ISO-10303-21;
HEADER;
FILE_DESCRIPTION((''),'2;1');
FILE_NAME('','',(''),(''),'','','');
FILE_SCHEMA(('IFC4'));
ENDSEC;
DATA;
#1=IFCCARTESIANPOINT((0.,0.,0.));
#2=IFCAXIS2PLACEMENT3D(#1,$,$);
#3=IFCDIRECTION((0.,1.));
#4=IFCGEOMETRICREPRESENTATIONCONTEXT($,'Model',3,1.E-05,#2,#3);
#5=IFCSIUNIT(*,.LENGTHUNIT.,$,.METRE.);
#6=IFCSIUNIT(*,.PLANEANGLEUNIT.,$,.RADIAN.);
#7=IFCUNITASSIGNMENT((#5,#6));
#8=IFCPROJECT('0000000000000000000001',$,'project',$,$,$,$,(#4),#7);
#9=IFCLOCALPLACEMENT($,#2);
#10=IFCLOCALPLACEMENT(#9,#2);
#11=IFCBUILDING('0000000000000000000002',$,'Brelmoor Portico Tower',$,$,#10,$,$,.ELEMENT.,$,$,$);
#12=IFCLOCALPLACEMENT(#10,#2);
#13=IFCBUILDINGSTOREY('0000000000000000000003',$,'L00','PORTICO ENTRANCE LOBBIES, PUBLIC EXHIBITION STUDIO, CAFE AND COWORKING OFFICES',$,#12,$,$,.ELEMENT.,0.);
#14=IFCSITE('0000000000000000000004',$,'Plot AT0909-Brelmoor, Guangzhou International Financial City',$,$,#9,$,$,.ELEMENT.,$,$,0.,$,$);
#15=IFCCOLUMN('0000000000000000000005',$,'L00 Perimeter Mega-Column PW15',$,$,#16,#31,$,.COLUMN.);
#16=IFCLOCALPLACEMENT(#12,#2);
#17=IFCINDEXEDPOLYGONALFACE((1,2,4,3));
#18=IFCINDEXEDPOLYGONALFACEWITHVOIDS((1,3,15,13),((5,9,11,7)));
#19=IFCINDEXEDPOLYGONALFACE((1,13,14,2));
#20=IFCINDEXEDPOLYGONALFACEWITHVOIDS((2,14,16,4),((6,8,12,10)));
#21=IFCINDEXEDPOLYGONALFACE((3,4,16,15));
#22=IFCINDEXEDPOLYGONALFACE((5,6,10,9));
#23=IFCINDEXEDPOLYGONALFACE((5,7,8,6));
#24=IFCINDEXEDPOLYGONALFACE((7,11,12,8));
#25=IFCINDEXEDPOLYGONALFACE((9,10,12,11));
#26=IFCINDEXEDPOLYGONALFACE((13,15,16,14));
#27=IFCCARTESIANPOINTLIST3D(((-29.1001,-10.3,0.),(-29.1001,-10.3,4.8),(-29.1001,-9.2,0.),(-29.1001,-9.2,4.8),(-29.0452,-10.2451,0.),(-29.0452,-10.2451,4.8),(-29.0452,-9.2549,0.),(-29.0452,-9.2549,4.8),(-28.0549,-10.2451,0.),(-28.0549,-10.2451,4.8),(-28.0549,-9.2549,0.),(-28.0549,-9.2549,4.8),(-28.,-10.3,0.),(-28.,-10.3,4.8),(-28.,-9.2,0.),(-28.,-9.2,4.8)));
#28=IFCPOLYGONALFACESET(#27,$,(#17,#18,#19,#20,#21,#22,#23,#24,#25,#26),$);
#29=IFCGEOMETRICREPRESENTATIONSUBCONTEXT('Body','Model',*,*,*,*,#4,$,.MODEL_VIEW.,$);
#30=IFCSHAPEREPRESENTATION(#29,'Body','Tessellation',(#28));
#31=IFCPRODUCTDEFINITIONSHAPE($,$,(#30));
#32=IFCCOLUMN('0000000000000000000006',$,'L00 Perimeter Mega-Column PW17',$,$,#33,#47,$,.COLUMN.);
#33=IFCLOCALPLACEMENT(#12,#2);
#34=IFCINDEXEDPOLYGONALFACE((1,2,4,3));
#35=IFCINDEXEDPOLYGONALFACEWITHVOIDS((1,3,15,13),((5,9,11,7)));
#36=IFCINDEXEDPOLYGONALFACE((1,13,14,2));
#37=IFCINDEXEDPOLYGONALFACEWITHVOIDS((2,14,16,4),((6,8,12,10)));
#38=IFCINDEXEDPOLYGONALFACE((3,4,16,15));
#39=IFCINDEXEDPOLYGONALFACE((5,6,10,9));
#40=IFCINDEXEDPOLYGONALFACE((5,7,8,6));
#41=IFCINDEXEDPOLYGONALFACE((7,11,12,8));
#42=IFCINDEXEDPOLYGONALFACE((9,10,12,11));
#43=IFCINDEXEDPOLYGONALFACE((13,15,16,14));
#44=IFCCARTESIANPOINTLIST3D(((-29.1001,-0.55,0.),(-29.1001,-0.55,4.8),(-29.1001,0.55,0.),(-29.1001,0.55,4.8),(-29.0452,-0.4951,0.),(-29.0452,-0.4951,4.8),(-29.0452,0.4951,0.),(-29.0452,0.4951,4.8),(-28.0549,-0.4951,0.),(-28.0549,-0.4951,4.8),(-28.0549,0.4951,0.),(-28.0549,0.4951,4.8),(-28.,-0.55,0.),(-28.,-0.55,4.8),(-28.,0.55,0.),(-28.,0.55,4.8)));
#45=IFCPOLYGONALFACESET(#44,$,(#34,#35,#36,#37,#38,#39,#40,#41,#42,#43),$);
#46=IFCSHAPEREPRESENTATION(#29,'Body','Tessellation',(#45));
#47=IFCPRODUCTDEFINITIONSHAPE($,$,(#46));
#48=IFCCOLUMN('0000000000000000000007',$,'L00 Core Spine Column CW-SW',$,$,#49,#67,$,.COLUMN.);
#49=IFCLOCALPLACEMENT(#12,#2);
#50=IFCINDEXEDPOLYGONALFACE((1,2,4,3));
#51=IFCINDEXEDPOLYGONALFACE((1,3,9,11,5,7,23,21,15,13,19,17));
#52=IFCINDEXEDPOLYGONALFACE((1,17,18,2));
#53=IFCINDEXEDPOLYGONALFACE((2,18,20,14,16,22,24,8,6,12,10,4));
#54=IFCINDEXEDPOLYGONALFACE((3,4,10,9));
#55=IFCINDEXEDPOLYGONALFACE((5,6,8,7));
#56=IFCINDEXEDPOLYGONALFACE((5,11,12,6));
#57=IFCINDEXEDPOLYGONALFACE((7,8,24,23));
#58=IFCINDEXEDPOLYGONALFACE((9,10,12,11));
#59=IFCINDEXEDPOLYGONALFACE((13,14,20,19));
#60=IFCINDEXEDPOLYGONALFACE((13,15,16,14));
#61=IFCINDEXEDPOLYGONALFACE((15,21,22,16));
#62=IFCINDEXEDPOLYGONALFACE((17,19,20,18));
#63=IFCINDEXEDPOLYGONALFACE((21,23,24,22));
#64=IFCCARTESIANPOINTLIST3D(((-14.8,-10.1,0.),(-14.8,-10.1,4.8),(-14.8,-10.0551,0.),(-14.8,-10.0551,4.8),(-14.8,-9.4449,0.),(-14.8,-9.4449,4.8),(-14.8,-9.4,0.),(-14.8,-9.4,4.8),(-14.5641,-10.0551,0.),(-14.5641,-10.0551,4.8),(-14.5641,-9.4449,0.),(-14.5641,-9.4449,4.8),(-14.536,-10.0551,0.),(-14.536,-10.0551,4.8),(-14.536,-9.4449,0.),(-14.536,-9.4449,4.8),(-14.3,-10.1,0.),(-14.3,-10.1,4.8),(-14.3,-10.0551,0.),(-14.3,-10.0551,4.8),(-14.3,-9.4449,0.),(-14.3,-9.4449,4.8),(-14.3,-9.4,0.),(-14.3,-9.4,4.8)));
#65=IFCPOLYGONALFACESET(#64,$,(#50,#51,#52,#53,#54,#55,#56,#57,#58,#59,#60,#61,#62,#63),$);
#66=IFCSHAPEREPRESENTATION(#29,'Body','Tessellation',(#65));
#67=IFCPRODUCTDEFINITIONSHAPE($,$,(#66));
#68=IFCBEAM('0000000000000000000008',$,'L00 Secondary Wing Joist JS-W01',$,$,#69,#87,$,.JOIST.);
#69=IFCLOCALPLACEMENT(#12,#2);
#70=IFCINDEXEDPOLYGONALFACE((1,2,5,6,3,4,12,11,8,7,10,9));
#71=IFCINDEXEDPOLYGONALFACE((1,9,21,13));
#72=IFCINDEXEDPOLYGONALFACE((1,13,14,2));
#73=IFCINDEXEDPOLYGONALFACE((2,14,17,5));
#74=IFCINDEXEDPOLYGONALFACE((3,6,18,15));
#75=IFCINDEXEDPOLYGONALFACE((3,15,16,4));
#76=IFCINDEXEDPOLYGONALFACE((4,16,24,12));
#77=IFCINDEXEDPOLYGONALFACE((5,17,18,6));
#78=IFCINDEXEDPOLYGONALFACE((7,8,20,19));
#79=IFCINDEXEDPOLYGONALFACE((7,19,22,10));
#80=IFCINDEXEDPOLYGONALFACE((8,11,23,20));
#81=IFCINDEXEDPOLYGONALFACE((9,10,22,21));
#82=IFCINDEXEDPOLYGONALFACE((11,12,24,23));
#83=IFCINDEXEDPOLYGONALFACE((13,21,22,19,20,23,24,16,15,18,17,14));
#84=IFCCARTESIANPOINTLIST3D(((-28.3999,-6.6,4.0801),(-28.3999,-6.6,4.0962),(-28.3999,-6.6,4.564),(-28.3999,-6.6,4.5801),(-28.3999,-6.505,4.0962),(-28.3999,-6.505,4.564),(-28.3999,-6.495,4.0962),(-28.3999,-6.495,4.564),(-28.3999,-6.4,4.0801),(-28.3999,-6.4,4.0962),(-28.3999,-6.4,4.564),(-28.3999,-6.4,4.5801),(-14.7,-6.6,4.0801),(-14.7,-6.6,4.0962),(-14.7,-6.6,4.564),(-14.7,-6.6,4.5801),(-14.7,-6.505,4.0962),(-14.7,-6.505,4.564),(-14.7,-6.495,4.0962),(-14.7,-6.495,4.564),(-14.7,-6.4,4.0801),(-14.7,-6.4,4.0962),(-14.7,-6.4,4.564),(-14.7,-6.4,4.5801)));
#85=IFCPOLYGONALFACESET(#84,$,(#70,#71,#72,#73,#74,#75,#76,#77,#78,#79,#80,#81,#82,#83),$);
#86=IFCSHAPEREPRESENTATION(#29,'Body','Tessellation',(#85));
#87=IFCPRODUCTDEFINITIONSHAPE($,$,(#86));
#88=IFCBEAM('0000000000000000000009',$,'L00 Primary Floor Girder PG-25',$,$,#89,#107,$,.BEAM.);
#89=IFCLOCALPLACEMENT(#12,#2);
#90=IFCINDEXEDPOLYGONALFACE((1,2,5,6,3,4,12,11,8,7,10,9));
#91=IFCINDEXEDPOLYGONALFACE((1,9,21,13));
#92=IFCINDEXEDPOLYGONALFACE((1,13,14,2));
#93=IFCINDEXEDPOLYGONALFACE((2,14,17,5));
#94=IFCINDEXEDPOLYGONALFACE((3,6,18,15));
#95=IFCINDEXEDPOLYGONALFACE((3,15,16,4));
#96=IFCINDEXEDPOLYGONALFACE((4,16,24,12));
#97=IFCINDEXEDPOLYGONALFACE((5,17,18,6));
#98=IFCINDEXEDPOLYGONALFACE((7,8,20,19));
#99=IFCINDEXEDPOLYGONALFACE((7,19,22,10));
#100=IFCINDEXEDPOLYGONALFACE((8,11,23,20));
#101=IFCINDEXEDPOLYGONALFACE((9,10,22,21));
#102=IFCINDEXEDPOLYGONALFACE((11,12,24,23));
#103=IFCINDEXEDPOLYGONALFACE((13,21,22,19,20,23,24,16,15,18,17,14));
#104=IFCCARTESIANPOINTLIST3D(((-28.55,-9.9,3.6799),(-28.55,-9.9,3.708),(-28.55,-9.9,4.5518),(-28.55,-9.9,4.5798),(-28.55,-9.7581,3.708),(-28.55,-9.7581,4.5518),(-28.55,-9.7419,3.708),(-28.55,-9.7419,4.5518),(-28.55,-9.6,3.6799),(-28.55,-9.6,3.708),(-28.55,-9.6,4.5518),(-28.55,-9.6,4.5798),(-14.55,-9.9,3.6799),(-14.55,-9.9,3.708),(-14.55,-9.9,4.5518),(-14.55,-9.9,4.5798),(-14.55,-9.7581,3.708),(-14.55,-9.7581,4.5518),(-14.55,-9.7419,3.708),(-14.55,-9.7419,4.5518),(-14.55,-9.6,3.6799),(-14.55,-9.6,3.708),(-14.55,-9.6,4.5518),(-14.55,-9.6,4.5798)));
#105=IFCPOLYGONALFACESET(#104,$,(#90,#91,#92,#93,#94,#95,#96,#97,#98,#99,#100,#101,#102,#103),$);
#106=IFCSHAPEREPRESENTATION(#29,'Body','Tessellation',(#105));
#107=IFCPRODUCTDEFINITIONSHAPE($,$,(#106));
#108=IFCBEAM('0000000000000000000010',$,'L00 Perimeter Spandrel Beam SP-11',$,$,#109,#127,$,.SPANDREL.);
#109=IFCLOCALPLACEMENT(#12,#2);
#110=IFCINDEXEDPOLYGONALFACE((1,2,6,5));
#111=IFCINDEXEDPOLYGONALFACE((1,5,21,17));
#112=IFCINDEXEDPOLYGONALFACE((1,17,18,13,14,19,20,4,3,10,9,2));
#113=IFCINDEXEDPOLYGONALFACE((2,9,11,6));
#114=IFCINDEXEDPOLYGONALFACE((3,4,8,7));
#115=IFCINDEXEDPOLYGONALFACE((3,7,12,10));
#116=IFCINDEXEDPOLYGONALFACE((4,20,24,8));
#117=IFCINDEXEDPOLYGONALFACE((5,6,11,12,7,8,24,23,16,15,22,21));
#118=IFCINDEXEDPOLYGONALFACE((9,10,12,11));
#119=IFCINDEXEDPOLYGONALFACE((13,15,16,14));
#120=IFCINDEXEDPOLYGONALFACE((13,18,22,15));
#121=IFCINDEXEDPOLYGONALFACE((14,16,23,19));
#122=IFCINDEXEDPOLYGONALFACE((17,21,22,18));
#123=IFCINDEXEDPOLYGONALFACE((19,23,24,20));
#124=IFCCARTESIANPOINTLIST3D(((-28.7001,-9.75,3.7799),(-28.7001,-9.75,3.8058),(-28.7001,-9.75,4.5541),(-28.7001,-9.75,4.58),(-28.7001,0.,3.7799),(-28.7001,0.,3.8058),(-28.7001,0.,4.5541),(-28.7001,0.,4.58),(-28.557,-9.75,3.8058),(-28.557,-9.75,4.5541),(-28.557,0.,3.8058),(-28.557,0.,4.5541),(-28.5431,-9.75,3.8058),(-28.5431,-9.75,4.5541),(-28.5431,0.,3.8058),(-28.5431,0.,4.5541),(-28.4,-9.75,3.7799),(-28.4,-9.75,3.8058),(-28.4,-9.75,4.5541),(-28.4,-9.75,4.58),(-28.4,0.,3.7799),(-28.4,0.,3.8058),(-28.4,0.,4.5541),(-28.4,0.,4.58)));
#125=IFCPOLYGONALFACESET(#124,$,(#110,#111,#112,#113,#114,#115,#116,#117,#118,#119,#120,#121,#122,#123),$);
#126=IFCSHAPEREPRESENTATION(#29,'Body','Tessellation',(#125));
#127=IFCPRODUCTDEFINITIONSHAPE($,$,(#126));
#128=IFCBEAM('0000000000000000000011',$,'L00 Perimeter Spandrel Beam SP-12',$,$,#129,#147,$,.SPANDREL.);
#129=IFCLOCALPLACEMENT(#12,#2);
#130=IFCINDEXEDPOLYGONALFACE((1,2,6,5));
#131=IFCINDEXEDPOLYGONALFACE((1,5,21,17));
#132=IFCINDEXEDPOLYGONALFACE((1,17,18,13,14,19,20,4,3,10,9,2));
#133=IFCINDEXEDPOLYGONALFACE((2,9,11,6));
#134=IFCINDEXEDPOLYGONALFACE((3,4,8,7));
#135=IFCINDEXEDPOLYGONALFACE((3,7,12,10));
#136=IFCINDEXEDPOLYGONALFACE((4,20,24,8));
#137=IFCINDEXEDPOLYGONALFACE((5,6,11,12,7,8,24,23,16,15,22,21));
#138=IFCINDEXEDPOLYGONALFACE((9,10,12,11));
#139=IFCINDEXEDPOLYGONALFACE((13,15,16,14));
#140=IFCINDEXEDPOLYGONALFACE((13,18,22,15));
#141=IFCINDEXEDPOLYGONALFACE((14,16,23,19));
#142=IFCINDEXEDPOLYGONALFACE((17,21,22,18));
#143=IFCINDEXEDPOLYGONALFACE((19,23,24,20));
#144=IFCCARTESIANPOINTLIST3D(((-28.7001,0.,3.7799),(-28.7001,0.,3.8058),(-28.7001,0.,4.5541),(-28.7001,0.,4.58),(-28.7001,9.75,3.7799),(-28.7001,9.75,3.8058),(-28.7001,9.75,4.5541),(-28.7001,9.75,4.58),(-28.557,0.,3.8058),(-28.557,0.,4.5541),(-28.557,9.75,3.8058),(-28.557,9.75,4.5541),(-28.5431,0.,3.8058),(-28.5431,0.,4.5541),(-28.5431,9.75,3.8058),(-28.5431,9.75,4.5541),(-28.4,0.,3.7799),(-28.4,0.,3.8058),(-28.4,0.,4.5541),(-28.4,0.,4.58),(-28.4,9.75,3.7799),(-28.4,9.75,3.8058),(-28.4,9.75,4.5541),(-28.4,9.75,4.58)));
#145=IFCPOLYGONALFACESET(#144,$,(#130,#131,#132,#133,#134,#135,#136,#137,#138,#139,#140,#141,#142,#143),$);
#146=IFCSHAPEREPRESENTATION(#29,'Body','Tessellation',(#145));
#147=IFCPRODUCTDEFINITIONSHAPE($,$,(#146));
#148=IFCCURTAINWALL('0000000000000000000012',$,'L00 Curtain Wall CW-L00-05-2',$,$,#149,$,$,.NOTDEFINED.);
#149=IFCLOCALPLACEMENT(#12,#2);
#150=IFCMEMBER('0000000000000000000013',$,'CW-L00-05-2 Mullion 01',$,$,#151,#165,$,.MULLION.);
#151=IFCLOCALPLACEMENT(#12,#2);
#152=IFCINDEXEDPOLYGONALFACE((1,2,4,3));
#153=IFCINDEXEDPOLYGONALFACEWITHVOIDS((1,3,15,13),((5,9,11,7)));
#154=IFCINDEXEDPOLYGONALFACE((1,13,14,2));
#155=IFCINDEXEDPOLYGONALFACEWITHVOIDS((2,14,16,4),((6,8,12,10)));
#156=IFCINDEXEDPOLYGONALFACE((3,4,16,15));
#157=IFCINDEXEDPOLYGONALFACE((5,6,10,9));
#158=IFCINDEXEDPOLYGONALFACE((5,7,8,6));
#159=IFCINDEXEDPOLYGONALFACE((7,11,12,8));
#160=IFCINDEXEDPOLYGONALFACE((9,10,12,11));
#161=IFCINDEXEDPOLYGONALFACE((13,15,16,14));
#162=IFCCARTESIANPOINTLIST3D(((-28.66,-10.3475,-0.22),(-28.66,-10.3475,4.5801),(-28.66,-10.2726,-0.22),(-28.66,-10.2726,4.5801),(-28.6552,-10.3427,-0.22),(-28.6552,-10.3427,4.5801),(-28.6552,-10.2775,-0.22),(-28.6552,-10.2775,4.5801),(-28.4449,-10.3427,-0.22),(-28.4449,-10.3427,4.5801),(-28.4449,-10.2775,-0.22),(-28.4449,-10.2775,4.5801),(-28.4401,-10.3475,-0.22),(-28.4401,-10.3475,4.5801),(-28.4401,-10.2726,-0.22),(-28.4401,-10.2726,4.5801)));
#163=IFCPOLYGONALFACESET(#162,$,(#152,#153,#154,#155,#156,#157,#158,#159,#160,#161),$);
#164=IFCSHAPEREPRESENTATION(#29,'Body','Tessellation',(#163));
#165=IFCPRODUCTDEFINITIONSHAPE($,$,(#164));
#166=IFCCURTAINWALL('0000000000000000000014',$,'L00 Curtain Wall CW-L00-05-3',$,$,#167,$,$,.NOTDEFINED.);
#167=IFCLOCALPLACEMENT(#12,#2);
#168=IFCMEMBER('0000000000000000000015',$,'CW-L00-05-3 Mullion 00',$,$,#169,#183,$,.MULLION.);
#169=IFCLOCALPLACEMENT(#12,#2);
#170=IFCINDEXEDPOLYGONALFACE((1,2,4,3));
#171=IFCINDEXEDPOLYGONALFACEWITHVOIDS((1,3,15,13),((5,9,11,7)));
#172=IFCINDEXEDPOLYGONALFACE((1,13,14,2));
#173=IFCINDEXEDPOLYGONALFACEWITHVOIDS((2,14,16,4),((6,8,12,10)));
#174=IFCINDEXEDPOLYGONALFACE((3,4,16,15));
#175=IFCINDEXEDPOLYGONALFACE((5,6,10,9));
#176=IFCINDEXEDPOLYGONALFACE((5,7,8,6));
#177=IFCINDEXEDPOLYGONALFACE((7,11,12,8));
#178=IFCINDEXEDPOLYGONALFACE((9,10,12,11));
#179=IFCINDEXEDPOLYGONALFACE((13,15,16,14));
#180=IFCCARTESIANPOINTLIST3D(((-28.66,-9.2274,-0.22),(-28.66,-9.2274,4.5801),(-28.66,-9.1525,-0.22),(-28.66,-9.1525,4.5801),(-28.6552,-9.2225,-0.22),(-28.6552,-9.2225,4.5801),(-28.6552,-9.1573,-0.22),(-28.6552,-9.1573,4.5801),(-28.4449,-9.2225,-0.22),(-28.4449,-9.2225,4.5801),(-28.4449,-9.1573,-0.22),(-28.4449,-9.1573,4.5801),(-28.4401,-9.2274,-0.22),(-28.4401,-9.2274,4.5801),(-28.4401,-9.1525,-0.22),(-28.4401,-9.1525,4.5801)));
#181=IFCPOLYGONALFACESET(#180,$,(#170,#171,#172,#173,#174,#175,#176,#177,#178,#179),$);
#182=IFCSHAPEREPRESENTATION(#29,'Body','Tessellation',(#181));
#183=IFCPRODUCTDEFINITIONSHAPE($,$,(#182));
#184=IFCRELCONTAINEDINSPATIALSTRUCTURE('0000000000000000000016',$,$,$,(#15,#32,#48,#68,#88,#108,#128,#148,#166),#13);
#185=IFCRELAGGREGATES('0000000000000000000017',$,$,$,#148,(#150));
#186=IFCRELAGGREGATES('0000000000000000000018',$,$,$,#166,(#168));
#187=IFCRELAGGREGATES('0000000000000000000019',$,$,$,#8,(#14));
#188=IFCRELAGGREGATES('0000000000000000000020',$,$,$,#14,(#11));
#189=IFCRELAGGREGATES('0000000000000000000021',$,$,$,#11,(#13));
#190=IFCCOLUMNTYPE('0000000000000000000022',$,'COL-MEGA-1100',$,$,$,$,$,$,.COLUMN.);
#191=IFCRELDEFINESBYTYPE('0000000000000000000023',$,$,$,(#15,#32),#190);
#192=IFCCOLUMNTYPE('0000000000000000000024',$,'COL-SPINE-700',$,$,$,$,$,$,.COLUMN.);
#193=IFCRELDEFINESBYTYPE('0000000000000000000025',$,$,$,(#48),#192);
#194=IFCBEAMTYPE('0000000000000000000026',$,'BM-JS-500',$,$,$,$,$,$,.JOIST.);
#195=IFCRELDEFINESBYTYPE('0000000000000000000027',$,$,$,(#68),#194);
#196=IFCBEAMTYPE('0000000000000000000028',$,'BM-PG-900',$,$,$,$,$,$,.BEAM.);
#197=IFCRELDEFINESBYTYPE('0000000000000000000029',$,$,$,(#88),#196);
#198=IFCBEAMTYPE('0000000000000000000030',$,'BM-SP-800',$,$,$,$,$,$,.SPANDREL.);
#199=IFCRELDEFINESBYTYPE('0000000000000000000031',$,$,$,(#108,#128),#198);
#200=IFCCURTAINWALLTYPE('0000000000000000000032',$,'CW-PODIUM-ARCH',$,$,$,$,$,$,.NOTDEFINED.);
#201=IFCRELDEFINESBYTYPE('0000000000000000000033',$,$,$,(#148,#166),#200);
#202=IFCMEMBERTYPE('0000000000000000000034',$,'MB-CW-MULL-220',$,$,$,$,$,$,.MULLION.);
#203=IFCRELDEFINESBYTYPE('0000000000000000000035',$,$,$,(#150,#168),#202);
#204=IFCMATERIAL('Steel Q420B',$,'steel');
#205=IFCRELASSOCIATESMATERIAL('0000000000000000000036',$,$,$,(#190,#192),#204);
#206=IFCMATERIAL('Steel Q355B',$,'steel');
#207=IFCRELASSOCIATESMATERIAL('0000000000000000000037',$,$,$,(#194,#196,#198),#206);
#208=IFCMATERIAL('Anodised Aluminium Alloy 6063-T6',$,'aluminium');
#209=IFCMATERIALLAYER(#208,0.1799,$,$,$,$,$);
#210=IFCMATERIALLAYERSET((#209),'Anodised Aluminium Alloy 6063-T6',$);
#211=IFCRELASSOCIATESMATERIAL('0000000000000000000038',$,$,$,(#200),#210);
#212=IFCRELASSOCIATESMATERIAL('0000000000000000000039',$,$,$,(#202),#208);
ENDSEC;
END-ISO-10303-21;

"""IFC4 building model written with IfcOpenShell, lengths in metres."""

from ifc_helpers import new_model, si_unit, direction, frame, origin, origin_2d, place, context, subcontext, project, spatial, hollow_rectangle, i_section, extrude, material, layer, layer_set, material_profile, profile_set, type_object, element, aggregate, save


model = new_model("IFC4")

# Units and contexts
model_context = context("Model", 3, precision=1e-05, world=origin(), true_north=direction((0.0, 1.0)))
body_context = subcontext(model_context, "Body", "Model", "MODEL_VIEW")
ifc_project = project(units=[si_unit("LENGTHUNIT", "METRE"), si_unit("PLANEANGLEUNIT", "RADIAN")], contexts=[model_context])

# Site, building, storey
site_placement = place(None, origin())
site = spatial("IfcSite", under=ifc_project, at=site_placement, Name="Plot AT0909-Brelmoor, Guangzhou International Financial City", CompositionType="ELEMENT", RefElevation=0.0)
building_placement = place(site_placement, origin())
building = spatial("IfcBuilding", under=site, at=building_placement, Name="Brelmoor Portico Tower", CompositionType="ELEMENT")
storey_placement = place(building_placement, origin())
storey = spatial("IfcBuildingStorey", under=building, at=storey_placement, Name="L00", Description="PORTICO ENTRANCE LOBBIES, PUBLIC EXHIBITION STUDIO, CAFE AND COWORKING OFFICES", CompositionType="ELEMENT", Elevation=0.0)

# Columns
ifc_material_1 = material(Name="Steel Q420B", Category="steel")
ifc_material_profile_1 = material_profile(ifc_material_1, hollow_rectangle(XDim=1.1001, YDim=1.1001, WallThickness=0.0549, at=origin_2d()), Name="BOX 1100x1100x55")
ifc_profile_set_1 = profile_set([ifc_material_profile_1], Name="Steel Q420B")
column_type_1 = type_object("IfcColumnType", Name="COL-MEGA-1100", PredefinedType="COLUMN", material=ifc_profile_set_1)
for number, where, z_axis, x_axis, name in (
    (1, (-28.55, -9.75, 0.0), (0.0, 0.0, 1.0), (0.0, 1.0, 0.0), "L00 Perimeter Mega-Column PW15"),
    (2, (-28.55, 0.0, 0.0), (0.0, 0.0, 1.0), (0.0, 1.0, 0.0), "L00 Perimeter Mega-Column PW17"),
):
    element("IfcColumn", number, at=place(storey_placement, frame(where, z_axis=z_axis, x_axis=x_axis)), inside=storey, type_object=column_type_1, Name=name, PredefinedType="COLUMN", context=body_context, shape_type="SweptSolid", body=[
        extrude(hollow_rectangle(XDim=1.1001, YDim=1.1001, WallThickness=0.0549, at=origin_2d()), origin(), (0.0, 0.0, 1.0), 4.8),
    ])
ifc_material_profile_2 = material_profile(ifc_material_1, i_section(OverallWidth=0.5, OverallDepth=0.7, WebThickness=0.0281, FlangeThickness=0.0449, at=origin_2d()), Name="HW 700x500x28x45")
ifc_profile_set_2 = profile_set([ifc_material_profile_2], Name="Steel Q420B")
column_type_2 = type_object("IfcColumnType", Name="COL-SPINE-700", PredefinedType="COLUMN", material=ifc_profile_set_2)
column_placement = place(storey_placement, frame((-14.55, -9.75, 0.0), z_axis=(0.0, 0.0, 1.0), x_axis=(1.0, 0.0, 0.0)))
element("IfcColumn", 3, at=column_placement, inside=storey, type_object=column_type_2, Name="L00 Core Spine Column CW-SW", PredefinedType="COLUMN", context=body_context, shape_type="SweptSolid", body=[
    extrude(i_section(OverallWidth=0.5, OverallDepth=0.7, WebThickness=0.0281, FlangeThickness=0.0449, at=origin_2d()), origin(), (0.0, 0.0, 1.0), 4.8),
])

# Beams
ifc_material_2 = material(Name="Steel Q355B", Category="steel")
ifc_material_profile_3 = material_profile(ifc_material_2, i_section(OverallWidth=0.2, OverallDepth=0.5, WebThickness=0.01, FlangeThickness=0.0161, at=origin_2d()), Name="HN 500x200x10x16")
ifc_profile_set_3 = profile_set([ifc_material_profile_3], Name="Steel Q355B")
beam_type_1 = type_object("IfcBeamType", Name="BM-JS-500", PredefinedType="JOIST", material=ifc_profile_set_3)
beam_1_placement = place(storey_placement, frame((-28.3999, -6.5, 4.3301), z_axis=(1.0, 0.0, 0.0), x_axis=(0.0, 1.0, 0.0)))
element("IfcBeam", 4, at=beam_1_placement, inside=storey, type_object=beam_type_1, Name="L00 Secondary Wing Joist JS-W01", PredefinedType="JOIST", context=body_context, shape_type="SweptSolid", body=[
    extrude(i_section(OverallWidth=0.2, OverallDepth=0.5, WebThickness=0.01, FlangeThickness=0.0161, at=origin_2d()), origin(), (0.0, 0.0, 1.0), 13.7),
])
ifc_material_profile_4 = material_profile(ifc_material_2, i_section(OverallWidth=0.3, OverallDepth=0.8999, WebThickness=0.0161, FlangeThickness=0.0281, at=origin_2d()), Name="HN 900x300x16x28")
ifc_profile_set_4 = profile_set([ifc_material_profile_4], Name="Steel Q355B")
beam_type_2 = type_object("IfcBeamType", Name="BM-PG-900", PredefinedType="BEAM", material=ifc_profile_set_4)
beam_2_placement = place(storey_placement, frame((-28.55, -9.75, 4.1299), z_axis=(1.0, 0.0, 0.0), x_axis=(0.0, 1.0, 0.0)))
element("IfcBeam", 5, at=beam_2_placement, inside=storey, type_object=beam_type_2, Name="L00 Primary Floor Girder PG-25", PredefinedType="BEAM", context=body_context, shape_type="SweptSolid", body=[
    extrude(i_section(OverallWidth=0.3, OverallDepth=0.8999, WebThickness=0.0161, FlangeThickness=0.0281, at=origin_2d()), origin(), (0.0, 0.0, 1.0), 14.0),
])
ifc_material_profile_5 = material_profile(ifc_material_2, i_section(OverallWidth=0.3, OverallDepth=0.8, WebThickness=0.0139, FlangeThickness=0.0259, at=origin_2d()), Name="HN 800x300x14x26")
ifc_profile_set_5 = profile_set([ifc_material_profile_5], Name="Steel Q355B")
beam_type_3 = type_object("IfcBeamType", Name="BM-SP-800", PredefinedType="SPANDREL", material=ifc_profile_set_5)
for number, where, z_axis, x_axis, name in (
    (6, (-28.55, -9.75, 4.1799), (0.0, 1.0, 0.0), (-1.0, 0.0, 0.0), "L00 Perimeter Spandrel Beam SP-11"),
    (7, (-28.55, 0.0, 4.1799), (0.0, 1.0, 0.0), (-1.0, 0.0, 0.0), "L00 Perimeter Spandrel Beam SP-12"),
):
    element("IfcBeam", number, at=place(storey_placement, frame(where, z_axis=z_axis, x_axis=x_axis)), inside=storey, type_object=beam_type_3, Name=name, PredefinedType="SPANDREL", context=body_context, shape_type="SweptSolid", body=[
        extrude(i_section(OverallWidth=0.3, OverallDepth=0.8, WebThickness=0.0139, FlangeThickness=0.0259, at=origin_2d()), origin(), (0.0, 0.0, 1.0), 9.75),
    ])

# Curtain wall, member
ifc_material_3 = material(Name="Anodised Aluminium Alloy 6063-T6", Category="aluminium")
ifc_layer_1 = layer(ifc_material_3, 0.1799)
ifc_layer_set_1 = layer_set([ifc_layer_1], Name="Anodised Aluminium Alloy 6063-T6")
curtain_wall_type = type_object("IfcCurtainWallType", Name="CW-PODIUM-ARCH", PredefinedType="NOTDEFINED", material=ifc_layer_set_1)
curtain_wall_1_placement = place(storey_placement, origin())
curtain_wall_1 = element("IfcCurtainWall", 8, at=curtain_wall_1_placement, inside=storey, type_object=curtain_wall_type, Name="L00 Curtain Wall CW-L00-05-2", PredefinedType="NOTDEFINED")
ifc_material_profile_6 = material_profile(ifc_material_3, hollow_rectangle(XDim=0.075, YDim=0.22, WallThickness=0.0049, at=origin_2d()), Name="ALU MULLION 75x220")
ifc_profile_set_6 = profile_set([ifc_material_profile_6], Name="Anodised Aluminium Alloy 6063-T6")
member_type_1 = type_object("IfcMemberType", Name="MB-CW-MULL-220", PredefinedType="MULLION", material=ifc_profile_set_6)
member_1_placement = place(storey_placement, frame((-28.55, -10.3101, -0.22), z_axis=(0.0, 0.0, 1.0), x_axis=(0.0, 1.0, 0.0)))
member_1 = element("IfcMember", 9, at=member_1_placement, type_object=member_type_1, Name="CW-L00-05-2 Mullion 01", PredefinedType="MULLION", context=body_context, shape_type="SweptSolid", body=[
    extrude(hollow_rectangle(XDim=0.075, YDim=0.22, WallThickness=0.0049, at=origin_2d()), origin(), (0.0, 0.0, 1.0), 4.8),
])
aggregate(curtain_wall_1, [member_1])

# Curtain wall, member
curtain_wall_2_placement = place(storey_placement, origin())
curtain_wall_2 = element("IfcCurtainWall", 10, at=curtain_wall_2_placement, inside=storey, type_object=curtain_wall_type, Name="L00 Curtain Wall CW-L00-05-3", PredefinedType="NOTDEFINED")
member_2_placement = place(storey_placement, frame((-28.55, -9.1899, -0.22), z_axis=(0.0, 0.0, 1.0), x_axis=(0.0, 1.0, 0.0)))
member_2 = element("IfcMember", 11, at=member_2_placement, type_object=member_type_1, Name="CW-L00-05-3 Mullion 00", PredefinedType="MULLION", context=body_context, shape_type="SweptSolid", body=[
    extrude(hollow_rectangle(XDim=0.075, YDim=0.22, WallThickness=0.0049, at=origin_2d()), origin(), (0.0, 0.0, 1.0), 4.8),
])
aggregate(curtain_wall_2, [member_2])

save(model, "model.ifc")
